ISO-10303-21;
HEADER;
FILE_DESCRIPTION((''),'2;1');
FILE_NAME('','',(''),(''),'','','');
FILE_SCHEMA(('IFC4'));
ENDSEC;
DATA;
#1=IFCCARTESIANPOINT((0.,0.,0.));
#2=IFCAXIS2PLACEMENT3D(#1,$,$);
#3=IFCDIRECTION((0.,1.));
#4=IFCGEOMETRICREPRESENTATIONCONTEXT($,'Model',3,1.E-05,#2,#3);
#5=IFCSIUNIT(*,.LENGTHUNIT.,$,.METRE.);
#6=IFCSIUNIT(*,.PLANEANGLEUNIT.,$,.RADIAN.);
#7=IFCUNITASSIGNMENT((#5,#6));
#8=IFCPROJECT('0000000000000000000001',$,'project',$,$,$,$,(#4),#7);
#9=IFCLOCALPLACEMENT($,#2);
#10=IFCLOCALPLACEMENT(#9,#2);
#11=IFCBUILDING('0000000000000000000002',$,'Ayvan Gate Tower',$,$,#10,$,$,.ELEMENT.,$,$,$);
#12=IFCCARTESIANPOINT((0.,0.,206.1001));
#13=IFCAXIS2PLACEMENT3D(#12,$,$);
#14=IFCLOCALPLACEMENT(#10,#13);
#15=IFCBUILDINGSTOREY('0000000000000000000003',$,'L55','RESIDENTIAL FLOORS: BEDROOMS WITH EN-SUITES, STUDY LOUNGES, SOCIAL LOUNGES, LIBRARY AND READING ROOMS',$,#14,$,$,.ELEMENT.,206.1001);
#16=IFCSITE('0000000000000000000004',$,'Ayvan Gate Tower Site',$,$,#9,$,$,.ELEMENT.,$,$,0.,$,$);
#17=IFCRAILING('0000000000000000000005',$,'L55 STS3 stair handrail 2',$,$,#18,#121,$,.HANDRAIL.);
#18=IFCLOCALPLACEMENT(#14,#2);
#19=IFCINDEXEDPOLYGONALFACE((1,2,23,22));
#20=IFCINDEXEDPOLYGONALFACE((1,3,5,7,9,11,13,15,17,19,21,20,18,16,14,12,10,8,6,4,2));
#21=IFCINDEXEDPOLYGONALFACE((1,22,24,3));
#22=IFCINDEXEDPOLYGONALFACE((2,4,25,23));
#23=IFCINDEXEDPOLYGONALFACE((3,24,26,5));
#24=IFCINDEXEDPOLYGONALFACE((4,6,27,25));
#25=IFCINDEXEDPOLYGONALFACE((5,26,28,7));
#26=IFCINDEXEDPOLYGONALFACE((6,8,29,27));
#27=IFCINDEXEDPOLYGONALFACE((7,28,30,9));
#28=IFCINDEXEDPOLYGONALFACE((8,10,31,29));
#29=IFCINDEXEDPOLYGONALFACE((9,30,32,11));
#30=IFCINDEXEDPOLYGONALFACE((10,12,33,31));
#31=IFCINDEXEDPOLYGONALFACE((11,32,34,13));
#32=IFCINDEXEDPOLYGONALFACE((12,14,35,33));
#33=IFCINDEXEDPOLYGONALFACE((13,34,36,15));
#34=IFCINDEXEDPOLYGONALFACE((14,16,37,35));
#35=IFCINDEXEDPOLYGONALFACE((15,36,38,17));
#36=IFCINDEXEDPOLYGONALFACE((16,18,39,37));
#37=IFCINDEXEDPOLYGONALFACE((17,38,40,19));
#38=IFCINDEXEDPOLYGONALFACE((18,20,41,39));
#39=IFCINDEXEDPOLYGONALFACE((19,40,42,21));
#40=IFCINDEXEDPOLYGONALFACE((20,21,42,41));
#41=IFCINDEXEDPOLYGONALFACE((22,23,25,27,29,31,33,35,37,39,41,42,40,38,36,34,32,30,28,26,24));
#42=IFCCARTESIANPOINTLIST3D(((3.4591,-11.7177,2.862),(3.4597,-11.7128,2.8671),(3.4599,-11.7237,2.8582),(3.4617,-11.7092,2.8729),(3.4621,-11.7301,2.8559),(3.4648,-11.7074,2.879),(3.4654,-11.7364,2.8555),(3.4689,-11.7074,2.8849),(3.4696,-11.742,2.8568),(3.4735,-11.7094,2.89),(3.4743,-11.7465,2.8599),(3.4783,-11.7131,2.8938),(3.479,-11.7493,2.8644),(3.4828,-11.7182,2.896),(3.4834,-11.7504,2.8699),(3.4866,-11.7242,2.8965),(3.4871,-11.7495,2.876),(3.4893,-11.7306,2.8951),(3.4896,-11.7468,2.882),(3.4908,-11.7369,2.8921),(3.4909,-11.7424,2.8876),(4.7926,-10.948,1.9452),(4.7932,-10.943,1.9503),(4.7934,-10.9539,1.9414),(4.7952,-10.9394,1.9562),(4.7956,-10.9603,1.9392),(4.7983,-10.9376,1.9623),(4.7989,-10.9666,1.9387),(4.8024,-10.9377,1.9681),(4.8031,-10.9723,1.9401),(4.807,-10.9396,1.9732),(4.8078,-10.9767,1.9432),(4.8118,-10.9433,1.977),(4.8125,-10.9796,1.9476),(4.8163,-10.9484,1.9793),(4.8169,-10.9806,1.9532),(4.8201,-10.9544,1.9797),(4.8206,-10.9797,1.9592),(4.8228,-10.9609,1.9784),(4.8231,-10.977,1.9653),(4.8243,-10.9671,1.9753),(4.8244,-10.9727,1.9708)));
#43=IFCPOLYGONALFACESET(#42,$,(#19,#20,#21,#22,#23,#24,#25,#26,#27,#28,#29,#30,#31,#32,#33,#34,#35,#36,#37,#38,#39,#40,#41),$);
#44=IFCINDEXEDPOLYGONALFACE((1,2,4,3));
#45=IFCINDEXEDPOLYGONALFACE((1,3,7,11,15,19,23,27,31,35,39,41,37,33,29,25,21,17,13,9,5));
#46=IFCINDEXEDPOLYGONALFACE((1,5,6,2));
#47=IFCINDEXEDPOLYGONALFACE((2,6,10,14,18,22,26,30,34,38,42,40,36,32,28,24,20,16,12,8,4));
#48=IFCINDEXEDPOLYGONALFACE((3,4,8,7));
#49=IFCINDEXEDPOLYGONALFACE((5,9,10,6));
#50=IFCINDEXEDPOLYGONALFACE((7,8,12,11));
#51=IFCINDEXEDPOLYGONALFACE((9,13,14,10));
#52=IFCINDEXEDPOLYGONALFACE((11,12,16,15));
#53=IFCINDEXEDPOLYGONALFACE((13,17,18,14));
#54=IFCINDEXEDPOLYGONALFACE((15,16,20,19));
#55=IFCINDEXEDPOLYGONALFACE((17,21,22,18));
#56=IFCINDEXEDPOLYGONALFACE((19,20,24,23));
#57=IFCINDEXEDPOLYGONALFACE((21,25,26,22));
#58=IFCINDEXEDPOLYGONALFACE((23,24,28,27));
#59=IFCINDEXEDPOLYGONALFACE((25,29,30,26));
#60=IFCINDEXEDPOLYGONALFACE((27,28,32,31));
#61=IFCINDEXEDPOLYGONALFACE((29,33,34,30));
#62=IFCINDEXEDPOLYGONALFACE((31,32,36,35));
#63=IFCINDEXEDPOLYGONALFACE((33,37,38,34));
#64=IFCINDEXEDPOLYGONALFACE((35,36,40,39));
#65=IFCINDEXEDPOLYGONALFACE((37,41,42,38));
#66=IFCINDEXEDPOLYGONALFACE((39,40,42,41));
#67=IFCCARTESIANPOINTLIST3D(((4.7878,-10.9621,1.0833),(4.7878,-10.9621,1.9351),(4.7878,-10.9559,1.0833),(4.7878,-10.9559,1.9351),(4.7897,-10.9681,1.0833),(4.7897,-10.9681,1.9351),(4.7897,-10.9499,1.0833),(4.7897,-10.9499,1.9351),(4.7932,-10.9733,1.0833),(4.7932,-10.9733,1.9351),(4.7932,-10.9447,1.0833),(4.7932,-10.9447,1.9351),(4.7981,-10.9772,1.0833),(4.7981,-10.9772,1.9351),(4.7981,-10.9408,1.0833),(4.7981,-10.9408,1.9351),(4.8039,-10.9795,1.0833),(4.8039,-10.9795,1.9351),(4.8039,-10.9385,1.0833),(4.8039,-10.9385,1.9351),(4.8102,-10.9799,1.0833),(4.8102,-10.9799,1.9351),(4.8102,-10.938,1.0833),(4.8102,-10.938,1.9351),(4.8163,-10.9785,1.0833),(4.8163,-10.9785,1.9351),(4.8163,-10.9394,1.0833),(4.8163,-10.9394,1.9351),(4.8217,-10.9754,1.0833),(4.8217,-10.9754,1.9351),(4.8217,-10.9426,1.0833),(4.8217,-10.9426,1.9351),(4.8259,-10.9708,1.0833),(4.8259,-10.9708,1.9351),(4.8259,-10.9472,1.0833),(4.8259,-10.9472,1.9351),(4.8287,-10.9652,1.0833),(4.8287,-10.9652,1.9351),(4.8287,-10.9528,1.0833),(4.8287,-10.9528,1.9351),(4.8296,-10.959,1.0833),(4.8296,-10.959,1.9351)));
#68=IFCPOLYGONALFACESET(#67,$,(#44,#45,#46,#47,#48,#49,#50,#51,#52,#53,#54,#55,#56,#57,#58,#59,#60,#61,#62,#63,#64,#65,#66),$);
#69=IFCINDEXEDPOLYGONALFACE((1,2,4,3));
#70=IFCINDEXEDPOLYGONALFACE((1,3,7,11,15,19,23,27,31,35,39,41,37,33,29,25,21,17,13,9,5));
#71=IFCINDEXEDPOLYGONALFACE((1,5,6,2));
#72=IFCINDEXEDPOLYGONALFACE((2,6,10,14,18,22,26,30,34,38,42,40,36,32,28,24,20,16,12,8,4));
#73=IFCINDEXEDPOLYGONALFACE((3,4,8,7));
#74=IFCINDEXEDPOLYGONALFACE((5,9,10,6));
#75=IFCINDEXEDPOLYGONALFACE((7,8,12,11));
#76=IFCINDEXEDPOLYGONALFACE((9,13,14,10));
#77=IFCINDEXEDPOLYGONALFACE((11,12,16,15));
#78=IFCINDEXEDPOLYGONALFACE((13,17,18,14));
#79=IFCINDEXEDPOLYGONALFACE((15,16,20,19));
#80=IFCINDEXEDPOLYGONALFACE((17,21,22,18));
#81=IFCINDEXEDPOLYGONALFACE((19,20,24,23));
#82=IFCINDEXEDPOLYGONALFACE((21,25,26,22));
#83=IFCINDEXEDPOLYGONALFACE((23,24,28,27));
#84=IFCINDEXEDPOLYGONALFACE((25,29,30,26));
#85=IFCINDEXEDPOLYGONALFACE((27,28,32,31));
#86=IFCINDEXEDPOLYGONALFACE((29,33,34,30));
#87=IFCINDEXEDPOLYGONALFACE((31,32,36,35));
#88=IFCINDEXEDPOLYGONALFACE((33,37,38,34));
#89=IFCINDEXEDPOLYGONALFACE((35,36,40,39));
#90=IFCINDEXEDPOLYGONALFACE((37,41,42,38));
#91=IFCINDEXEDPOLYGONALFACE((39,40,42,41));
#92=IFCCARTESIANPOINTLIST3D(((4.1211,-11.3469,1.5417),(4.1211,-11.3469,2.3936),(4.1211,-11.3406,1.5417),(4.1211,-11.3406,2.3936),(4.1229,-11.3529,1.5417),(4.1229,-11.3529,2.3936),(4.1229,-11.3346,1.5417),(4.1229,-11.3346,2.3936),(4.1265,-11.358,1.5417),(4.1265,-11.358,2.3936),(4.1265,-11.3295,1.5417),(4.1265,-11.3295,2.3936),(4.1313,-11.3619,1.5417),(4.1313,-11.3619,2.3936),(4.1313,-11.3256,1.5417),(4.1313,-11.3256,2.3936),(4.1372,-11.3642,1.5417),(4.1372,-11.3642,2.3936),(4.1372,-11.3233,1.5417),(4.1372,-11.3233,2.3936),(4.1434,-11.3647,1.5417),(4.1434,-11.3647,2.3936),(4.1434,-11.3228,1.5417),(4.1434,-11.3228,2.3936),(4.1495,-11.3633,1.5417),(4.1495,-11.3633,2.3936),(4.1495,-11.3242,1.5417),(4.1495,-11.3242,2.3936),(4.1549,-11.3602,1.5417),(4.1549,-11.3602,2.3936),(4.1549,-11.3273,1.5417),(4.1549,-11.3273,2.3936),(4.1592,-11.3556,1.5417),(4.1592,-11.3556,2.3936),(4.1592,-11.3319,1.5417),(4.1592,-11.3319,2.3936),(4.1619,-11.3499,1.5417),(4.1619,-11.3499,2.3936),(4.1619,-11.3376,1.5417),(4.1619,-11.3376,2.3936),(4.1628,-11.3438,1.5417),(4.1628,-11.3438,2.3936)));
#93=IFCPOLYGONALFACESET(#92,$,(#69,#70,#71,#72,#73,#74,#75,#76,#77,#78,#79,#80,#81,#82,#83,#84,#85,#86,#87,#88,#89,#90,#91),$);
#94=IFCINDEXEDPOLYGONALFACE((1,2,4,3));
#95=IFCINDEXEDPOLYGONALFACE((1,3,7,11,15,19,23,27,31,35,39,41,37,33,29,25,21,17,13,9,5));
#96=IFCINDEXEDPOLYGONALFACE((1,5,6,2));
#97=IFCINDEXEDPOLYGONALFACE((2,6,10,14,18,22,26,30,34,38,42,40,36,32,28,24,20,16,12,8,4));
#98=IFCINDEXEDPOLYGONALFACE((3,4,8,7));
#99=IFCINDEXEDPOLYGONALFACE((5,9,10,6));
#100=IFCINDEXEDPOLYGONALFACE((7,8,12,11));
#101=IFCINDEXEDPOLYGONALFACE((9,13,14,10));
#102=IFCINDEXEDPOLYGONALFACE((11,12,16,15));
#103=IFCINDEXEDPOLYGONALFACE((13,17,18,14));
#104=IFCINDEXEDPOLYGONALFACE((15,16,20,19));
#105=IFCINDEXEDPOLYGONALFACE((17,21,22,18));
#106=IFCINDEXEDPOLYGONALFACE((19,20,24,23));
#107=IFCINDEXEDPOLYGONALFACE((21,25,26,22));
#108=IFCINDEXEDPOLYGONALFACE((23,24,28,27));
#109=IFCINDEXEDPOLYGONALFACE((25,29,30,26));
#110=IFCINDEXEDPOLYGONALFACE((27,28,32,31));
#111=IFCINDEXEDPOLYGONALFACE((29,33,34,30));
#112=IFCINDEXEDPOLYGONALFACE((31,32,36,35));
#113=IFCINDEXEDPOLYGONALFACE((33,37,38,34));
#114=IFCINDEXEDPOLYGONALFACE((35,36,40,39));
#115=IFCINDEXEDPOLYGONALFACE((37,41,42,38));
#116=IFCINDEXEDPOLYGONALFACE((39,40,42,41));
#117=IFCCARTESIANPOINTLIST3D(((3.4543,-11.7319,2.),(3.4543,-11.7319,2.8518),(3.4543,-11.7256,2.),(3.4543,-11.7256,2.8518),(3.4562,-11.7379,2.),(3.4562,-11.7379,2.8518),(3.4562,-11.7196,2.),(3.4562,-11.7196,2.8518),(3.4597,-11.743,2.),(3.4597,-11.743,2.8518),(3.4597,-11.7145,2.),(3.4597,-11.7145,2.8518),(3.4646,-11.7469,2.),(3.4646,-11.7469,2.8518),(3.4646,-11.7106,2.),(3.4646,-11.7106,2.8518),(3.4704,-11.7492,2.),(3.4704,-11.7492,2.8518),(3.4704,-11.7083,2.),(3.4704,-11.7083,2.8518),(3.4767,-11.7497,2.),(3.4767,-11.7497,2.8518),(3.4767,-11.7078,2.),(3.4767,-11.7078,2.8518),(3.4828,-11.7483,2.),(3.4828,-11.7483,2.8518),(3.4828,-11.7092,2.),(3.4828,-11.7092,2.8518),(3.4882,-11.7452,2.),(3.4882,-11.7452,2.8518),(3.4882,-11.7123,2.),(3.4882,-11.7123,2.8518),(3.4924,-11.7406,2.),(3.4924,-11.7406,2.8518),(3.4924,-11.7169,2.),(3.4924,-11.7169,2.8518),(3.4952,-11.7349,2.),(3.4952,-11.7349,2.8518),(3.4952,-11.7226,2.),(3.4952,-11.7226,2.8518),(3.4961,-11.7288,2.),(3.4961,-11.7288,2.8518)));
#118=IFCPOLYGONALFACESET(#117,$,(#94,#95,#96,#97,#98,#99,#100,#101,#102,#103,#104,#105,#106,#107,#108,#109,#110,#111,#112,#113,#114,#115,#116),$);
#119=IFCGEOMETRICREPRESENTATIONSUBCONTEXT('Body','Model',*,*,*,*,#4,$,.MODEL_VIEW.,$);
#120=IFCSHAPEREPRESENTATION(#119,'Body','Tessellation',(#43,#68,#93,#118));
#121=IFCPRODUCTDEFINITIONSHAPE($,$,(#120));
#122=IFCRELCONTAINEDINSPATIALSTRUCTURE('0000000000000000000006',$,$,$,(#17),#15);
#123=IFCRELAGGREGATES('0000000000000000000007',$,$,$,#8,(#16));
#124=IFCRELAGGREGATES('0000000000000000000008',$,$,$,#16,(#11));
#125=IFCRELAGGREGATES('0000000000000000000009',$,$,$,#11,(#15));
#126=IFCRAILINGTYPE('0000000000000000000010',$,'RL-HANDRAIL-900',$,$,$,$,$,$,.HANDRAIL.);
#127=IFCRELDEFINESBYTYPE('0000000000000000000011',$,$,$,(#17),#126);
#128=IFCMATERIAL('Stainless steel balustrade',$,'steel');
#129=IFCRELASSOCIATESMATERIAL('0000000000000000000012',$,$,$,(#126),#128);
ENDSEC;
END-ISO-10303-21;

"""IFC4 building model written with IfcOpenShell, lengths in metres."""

from ifc_helpers import new_model, si_unit, direction, frame, origin, origin_2d, place, context, subcontext, project, spatial, circle, extrude, material, type_object, element, save


model = new_model("IFC4")

# Units and contexts
model_context = context("Model", 3, precision=1e-05, world=origin(), true_north=direction((0.0, 1.0)))
body_context = subcontext(model_context, "Body", "Model", "MODEL_VIEW")
ifc_project = project(units=[si_unit("LENGTHUNIT", "METRE"), si_unit("PLANEANGLEUNIT", "RADIAN")], contexts=[model_context])

# Site, building, storey
site_placement = place(None, origin())
site = spatial("IfcSite", under=ifc_project, at=site_placement, Name="Ayvan Gate Tower Site", CompositionType="ELEMENT", RefElevation=0.0)
building_placement = place(site_placement, origin())
building = spatial("IfcBuilding", under=site, at=building_placement, Name="Ayvan Gate Tower", CompositionType="ELEMENT")
storey_placement = place(building_placement, frame((0.0, 0.0, 206.1001)))
storey = spatial("IfcBuildingStorey", under=building, at=storey_placement, Name="L55", Description="RESIDENTIAL FLOORS: BEDROOMS WITH EN-SUITES, STUDY LOUNGES, SOCIAL LOUNGES, LIBRARY AND READING ROOMS", CompositionType="ELEMENT", Elevation=206.1001)

# Railing
ifc_material_1 = material(Name="Stainless steel balustrade", Category="steel")
railing_type_1 = type_object("IfcRailingType", Name="RL-HANDRAIL-900", PredefinedType="HANDRAIL", material=ifc_material_1)
railing_1_placement = place(storey_placement, frame((4.8086, -10.959, 1.0833)))
element("IfcRailing", 1, at=railing_1_placement, inside=storey, type_object=railing_type_1, Name="L55 STS3 stair handrail 2", PredefinedType="HANDRAIL", context=body_context, shape_type="SweptSolid", body=[
    extrude(circle(Radius=0.0239, at=origin_2d()), frame((0.0, 0.0, 0.876), z_axis=(-0.744147, -0.429567, 0.511584), x_axis=(0.499942, -0.866059, 0.0)), (0.0, 0.0, 1.0), 1.792),
    extrude(circle(Radius=0.021, at=origin_2d()), origin(), (0.0, 0.0, 1.0), 0.8518),
    extrude(circle(Radius=0.021, at=origin_2d()), frame((-0.6667, -0.3848, 0.4585)), (0.0, 0.0, 1.0), 0.8518),
    extrude(circle(Radius=0.021, at=origin_2d()), frame((-1.3335, -0.7698, 0.9167)), (0.0, 0.0, 1.0), 0.8518),
])

save(model, "model.ifc")
